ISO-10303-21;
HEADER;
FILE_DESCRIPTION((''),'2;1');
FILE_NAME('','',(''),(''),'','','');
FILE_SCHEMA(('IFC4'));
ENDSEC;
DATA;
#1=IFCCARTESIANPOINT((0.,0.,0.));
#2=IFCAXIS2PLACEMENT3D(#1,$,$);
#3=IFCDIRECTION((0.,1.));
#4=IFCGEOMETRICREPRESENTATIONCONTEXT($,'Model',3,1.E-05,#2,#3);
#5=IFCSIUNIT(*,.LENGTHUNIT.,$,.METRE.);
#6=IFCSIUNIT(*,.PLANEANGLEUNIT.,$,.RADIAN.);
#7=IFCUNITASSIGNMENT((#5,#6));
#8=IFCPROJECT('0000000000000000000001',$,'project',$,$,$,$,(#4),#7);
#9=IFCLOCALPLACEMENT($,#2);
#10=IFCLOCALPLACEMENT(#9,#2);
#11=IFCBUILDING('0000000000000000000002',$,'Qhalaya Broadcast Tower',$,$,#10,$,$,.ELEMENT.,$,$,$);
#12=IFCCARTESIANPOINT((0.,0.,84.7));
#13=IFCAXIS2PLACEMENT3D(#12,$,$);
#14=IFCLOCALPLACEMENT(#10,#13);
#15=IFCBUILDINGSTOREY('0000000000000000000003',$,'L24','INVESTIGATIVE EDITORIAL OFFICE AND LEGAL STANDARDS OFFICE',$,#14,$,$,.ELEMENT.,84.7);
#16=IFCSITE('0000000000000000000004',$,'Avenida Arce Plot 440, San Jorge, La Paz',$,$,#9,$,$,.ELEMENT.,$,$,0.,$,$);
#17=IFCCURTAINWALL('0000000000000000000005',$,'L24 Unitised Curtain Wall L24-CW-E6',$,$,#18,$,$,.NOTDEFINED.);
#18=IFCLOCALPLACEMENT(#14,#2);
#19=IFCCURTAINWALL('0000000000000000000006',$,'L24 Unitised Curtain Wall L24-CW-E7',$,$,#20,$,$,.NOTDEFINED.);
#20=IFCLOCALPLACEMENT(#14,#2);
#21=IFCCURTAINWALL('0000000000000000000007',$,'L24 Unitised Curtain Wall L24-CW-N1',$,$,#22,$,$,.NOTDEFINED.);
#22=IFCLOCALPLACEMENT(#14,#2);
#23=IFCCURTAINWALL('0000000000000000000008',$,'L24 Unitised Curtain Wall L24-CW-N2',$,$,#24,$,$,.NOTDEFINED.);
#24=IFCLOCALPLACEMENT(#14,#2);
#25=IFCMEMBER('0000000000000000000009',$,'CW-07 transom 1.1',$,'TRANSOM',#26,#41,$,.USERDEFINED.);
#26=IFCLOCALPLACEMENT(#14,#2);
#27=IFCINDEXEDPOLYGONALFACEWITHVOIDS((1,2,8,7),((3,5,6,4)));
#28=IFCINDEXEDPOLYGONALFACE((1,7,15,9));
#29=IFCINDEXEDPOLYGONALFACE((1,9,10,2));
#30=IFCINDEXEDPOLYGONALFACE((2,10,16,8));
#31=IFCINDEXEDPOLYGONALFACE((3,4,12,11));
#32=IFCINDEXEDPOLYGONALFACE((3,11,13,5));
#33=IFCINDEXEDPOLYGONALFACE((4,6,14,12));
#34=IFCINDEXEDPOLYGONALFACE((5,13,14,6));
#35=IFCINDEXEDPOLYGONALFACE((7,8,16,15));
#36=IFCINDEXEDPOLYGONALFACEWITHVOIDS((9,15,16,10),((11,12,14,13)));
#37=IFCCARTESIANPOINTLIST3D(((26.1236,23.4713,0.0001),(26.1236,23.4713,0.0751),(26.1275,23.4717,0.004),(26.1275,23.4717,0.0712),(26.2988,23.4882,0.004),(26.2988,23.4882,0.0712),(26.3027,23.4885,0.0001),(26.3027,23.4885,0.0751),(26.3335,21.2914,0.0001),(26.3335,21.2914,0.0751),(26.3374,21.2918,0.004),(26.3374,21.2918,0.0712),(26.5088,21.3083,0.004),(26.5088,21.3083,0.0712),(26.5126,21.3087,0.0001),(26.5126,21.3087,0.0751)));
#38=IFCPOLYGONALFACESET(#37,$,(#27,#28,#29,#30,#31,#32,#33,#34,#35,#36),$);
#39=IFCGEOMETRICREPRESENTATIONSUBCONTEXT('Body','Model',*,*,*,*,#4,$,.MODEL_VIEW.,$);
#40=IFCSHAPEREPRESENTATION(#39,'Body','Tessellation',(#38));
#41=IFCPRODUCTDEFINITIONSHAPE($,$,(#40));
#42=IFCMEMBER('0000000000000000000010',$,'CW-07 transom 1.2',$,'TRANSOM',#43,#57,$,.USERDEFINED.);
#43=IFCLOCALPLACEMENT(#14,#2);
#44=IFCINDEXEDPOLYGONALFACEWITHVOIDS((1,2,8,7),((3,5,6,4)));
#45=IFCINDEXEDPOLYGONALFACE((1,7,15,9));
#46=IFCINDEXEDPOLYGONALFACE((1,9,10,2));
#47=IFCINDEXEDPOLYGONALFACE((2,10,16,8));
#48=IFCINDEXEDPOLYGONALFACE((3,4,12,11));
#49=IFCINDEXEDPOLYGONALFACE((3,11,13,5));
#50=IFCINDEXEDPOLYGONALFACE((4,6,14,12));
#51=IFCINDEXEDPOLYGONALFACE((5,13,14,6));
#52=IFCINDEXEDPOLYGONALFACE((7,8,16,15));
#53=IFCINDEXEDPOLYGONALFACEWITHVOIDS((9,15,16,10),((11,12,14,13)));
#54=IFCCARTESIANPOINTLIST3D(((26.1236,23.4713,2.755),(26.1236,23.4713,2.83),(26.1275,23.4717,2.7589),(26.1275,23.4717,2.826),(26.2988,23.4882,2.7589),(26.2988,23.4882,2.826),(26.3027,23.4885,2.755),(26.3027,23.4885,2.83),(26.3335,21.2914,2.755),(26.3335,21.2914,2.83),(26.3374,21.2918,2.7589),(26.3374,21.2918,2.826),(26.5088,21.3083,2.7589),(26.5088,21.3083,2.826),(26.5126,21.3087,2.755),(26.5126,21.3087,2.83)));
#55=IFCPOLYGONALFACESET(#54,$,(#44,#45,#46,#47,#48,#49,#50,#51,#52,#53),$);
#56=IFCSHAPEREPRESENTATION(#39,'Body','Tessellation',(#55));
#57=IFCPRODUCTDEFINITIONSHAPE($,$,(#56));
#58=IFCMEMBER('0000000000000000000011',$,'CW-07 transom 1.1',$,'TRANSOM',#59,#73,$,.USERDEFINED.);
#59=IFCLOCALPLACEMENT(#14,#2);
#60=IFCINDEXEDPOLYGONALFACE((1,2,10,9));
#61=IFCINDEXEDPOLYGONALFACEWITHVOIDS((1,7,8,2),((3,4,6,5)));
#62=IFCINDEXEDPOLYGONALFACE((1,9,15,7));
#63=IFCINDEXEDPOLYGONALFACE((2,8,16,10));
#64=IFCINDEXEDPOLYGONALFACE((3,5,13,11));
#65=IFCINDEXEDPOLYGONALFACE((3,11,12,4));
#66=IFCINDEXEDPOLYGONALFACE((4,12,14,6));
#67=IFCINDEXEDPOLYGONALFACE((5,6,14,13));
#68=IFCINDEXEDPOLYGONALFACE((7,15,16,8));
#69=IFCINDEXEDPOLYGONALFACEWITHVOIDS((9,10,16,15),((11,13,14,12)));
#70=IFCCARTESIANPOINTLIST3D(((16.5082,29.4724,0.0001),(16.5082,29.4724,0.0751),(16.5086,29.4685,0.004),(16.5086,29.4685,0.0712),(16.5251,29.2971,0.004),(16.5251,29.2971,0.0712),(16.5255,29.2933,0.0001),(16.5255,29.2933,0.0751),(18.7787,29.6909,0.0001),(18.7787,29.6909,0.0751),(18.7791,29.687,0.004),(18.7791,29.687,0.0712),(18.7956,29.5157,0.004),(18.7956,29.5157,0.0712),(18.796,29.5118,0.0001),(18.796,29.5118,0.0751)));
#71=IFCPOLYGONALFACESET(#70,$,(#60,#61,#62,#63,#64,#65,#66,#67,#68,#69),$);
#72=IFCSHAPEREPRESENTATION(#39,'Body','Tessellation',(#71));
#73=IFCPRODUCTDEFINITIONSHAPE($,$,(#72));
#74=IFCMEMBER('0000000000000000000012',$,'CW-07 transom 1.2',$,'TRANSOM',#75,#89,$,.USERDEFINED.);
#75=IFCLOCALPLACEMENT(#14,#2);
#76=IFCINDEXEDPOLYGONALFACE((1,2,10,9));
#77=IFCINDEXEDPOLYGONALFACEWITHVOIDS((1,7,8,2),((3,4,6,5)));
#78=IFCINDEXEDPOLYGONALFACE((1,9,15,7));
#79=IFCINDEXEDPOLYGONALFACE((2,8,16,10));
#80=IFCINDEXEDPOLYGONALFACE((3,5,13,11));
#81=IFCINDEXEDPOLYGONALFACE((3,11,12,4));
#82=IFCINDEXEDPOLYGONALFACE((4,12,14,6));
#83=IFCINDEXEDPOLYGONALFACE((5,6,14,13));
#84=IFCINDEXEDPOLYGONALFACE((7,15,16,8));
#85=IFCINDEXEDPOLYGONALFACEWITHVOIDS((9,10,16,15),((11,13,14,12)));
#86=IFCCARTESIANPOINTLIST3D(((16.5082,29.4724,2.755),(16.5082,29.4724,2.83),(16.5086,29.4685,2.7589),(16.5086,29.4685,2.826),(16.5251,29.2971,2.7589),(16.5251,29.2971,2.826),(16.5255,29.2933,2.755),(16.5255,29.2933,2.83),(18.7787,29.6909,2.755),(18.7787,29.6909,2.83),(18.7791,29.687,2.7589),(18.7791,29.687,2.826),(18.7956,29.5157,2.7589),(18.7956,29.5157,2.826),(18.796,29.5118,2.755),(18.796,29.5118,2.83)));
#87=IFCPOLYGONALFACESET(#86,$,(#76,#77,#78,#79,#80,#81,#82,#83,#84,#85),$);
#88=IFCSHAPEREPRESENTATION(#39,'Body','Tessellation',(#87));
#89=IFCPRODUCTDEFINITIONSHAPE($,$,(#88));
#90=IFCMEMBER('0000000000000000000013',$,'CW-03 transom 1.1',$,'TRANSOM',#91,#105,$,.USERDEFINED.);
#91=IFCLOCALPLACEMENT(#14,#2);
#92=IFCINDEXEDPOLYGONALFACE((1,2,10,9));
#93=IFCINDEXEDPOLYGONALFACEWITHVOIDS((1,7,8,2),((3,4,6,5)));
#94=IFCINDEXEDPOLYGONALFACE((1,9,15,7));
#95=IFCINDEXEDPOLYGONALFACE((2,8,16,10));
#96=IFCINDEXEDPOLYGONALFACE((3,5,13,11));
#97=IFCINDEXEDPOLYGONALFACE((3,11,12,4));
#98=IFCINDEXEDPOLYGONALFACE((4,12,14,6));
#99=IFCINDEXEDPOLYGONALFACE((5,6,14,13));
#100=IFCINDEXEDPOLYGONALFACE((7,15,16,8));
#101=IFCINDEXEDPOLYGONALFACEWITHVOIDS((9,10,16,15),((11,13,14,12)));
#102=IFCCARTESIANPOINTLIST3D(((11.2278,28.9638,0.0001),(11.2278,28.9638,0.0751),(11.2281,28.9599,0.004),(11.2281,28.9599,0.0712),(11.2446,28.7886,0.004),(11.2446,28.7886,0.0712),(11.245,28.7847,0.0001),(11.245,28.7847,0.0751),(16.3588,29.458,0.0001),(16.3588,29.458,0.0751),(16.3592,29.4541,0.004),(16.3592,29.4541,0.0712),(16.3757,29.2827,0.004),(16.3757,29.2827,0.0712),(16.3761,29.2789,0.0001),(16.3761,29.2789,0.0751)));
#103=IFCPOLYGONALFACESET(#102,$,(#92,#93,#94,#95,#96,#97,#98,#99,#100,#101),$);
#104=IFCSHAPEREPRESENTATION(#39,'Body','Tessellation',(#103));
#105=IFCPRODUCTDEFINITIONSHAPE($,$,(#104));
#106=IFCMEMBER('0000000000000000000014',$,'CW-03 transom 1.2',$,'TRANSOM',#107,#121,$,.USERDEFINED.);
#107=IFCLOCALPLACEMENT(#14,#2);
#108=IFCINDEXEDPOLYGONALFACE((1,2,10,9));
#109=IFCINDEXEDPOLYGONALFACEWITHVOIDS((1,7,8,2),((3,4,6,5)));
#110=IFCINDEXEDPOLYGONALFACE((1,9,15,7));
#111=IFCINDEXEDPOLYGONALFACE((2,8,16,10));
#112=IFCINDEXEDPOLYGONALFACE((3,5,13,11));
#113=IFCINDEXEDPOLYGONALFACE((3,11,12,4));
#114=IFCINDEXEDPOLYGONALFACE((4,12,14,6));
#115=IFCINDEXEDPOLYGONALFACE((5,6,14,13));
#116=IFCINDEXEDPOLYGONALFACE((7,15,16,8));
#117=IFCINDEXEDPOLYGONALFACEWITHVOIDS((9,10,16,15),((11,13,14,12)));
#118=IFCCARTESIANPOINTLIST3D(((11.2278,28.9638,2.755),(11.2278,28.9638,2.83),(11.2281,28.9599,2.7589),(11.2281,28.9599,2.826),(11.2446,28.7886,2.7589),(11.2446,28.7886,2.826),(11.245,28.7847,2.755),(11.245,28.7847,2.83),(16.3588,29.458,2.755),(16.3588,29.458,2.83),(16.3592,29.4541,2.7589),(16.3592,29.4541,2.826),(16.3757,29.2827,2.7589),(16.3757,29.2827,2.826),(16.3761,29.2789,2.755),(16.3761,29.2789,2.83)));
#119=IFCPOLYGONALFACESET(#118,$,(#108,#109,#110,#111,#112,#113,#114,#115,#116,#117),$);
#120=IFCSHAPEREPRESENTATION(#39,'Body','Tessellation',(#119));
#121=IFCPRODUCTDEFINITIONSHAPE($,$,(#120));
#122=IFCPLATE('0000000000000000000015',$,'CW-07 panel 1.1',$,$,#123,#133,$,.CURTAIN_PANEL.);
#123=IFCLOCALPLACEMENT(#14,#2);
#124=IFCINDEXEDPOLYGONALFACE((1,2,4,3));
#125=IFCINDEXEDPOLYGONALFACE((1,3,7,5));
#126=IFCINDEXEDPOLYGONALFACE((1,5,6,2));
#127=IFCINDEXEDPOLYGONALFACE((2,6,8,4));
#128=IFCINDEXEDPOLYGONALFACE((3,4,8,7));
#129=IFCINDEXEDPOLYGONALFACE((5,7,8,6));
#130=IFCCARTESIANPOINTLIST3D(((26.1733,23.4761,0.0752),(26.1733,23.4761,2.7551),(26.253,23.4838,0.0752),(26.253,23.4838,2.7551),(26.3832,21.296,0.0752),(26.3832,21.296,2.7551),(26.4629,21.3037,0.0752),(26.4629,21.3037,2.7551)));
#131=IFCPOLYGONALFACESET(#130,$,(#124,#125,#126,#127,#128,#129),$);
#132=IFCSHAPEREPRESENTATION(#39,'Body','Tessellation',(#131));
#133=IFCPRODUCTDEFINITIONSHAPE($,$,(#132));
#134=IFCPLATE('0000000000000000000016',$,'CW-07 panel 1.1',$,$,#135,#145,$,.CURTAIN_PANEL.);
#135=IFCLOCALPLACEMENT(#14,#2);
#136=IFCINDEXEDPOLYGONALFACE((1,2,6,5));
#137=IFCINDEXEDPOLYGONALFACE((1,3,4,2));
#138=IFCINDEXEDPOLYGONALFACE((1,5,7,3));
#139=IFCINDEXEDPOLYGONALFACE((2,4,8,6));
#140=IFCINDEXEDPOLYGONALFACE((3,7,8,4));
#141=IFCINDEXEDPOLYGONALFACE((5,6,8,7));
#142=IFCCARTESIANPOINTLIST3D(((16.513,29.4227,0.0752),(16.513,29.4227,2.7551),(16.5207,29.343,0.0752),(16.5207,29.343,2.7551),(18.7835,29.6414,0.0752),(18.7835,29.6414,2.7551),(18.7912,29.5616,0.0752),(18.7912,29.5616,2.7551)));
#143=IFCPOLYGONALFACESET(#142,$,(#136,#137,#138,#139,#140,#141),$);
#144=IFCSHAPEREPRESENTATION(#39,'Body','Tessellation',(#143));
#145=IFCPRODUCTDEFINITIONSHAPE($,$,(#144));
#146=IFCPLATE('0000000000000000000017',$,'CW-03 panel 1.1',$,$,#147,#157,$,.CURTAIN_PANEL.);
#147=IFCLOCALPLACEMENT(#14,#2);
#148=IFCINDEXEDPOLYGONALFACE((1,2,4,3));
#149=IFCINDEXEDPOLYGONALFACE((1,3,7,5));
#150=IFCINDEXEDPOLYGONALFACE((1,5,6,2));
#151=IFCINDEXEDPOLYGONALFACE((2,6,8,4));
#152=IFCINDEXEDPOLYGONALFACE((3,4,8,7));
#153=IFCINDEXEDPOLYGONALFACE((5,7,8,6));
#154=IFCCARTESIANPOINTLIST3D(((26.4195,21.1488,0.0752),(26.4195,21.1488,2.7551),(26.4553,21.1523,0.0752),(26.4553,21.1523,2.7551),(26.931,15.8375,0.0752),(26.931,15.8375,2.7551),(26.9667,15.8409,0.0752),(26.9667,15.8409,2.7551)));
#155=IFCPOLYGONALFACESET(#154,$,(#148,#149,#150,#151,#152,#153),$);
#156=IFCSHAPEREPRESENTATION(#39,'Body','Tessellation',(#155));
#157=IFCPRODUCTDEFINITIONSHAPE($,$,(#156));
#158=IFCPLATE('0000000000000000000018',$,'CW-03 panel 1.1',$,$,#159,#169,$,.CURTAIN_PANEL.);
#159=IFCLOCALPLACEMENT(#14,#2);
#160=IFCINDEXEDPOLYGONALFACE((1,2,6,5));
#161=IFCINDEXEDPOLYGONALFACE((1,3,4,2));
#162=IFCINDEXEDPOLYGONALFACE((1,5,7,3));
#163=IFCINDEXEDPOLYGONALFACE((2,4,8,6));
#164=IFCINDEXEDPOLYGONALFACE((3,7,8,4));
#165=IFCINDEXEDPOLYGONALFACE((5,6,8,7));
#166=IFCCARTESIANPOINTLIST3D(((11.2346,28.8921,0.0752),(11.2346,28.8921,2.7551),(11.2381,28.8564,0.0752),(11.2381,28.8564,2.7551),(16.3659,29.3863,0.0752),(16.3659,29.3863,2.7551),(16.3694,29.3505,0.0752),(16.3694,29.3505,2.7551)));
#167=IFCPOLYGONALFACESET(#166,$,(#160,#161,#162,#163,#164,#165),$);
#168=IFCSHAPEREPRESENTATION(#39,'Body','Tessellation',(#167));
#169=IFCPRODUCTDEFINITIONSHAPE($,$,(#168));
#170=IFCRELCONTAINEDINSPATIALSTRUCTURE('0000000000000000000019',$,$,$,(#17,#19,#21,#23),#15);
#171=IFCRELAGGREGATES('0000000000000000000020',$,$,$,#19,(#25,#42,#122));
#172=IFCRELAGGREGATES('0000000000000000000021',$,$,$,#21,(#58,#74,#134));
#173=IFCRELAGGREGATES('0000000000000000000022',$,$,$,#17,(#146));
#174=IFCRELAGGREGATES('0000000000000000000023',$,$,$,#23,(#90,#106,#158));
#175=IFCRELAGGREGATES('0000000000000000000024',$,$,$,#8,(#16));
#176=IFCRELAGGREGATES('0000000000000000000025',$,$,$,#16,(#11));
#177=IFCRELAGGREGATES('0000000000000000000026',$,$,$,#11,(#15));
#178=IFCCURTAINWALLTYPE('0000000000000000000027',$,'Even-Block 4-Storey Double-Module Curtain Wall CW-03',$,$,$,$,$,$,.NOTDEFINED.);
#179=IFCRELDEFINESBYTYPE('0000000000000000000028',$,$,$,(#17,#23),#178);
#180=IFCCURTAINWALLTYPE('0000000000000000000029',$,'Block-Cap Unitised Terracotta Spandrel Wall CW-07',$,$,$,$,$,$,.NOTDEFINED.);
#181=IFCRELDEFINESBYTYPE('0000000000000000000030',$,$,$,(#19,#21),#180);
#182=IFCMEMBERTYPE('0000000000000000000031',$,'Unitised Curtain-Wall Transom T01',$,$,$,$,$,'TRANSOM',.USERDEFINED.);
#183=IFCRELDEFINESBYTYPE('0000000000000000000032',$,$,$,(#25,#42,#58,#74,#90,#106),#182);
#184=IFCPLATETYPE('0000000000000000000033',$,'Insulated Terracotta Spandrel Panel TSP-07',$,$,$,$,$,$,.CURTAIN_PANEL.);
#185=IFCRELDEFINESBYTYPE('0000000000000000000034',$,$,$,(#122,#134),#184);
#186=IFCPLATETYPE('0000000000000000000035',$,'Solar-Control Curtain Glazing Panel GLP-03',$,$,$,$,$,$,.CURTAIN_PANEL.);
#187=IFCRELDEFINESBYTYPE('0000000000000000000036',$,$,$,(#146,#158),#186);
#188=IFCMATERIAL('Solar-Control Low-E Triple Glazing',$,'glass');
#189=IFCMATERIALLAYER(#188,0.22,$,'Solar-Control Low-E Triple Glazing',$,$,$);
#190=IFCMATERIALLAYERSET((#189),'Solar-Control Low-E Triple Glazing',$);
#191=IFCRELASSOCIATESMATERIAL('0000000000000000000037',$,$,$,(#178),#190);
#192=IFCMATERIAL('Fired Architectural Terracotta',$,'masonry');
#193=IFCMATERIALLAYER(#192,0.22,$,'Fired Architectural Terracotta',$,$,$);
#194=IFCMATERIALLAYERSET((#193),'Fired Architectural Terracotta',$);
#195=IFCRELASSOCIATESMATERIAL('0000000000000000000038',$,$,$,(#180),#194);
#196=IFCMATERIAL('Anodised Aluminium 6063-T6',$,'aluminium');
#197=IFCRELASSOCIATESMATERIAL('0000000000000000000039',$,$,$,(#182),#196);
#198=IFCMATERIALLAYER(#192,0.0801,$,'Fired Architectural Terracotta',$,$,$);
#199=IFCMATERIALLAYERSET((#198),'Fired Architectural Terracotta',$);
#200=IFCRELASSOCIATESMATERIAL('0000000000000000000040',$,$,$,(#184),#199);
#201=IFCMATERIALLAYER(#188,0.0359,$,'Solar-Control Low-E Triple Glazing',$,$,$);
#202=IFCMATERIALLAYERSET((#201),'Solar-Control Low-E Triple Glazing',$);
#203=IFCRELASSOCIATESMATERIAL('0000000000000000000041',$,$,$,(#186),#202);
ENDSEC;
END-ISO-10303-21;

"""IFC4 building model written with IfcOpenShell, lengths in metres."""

from ifc_helpers import new_model, si_unit, direction, frame, origin, origin_2d, place, context, subcontext, project, spatial, rectangle, hollow_rectangle, extrude, material, layer, layer_set, material_profile, profile_set, type_object, element, aggregate, save


model = new_model("IFC4")

# Units and contexts
model_context = context("Model", 3, precision=1e-05, world=origin(), true_north=direction((0.0, 1.0)))
body_context = subcontext(model_context, "Body", "Model", "MODEL_VIEW")
ifc_project = project(units=[si_unit("LENGTHUNIT", "METRE"), si_unit("PLANEANGLEUNIT", "RADIAN")], contexts=[model_context])

# Site, building, storey
site_placement = place(None, origin())
site = spatial("IfcSite", under=ifc_project, at=site_placement, Name="Avenida Arce Plot 440, San Jorge, La Paz", CompositionType="ELEMENT", RefElevation=0.0)
building_placement = place(site_placement, origin())
building = spatial("IfcBuilding", under=site, at=building_placement, Name="Qhalaya Broadcast Tower", CompositionType="ELEMENT")
storey_placement = place(building_placement, frame((0.0, 0.0, 84.7)))
storey = spatial("IfcBuildingStorey", under=building, at=storey_placement, Name="L24", Description="INVESTIGATIVE EDITORIAL OFFICE AND LEGAL STANDARDS OFFICE", CompositionType="ELEMENT", Elevation=84.7)

# Curtain wall
ifc_material_1 = material(Name="Solar-Control Low-E Triple Glazing", Category="glass")
ifc_layer_1 = layer(ifc_material_1, 0.22, Name="Solar-Control Low-E Triple Glazing")
ifc_layer_set_1 = layer_set([ifc_layer_1], Name="Solar-Control Low-E Triple Glazing")
curtain_wall_type_1 = type_object("IfcCurtainWallType", Name="Even-Block 4-Storey Double-Module Curtain Wall CW-03", PredefinedType="NOTDEFINED", material=ifc_layer_set_1)
curtain_wall_1_placement = place(storey_placement, origin())
curtain_wall_1 = element("IfcCurtainWall", 1, at=curtain_wall_1_placement, inside=storey, type_object=curtain_wall_type_1, Name="L24 Unitised Curtain Wall L24-CW-E6", PredefinedType="NOTDEFINED")
ifc_material_2 = material(Name="Anodised Aluminium 6063-T6", Category="aluminium")

# Curtain walls
ifc_material_3 = material(Name="Fired Architectural Terracotta", Category="masonry")
ifc_layer_2 = layer(ifc_material_3, 0.22, Name="Fired Architectural Terracotta")
ifc_layer_set_2 = layer_set([ifc_layer_2], Name="Fired Architectural Terracotta")
curtain_wall_type_2 = type_object("IfcCurtainWallType", Name="Block-Cap Unitised Terracotta Spandrel Wall CW-07", PredefinedType="NOTDEFINED", material=ifc_layer_set_2)
curtain_wall_2_placement = place(storey_placement, origin())
curtain_wall_2 = element("IfcCurtainWall", 2, at=curtain_wall_2_placement, inside=storey, type_object=curtain_wall_type_2, Name="L24 Unitised Curtain Wall L24-CW-E7", PredefinedType="NOTDEFINED")
curtain_wall_3_placement = place(storey_placement, origin())
curtain_wall_3 = element("IfcCurtainWall", 3, at=curtain_wall_3_placement, inside=storey, type_object=curtain_wall_type_2, Name="L24 Unitised Curtain Wall L24-CW-N1", PredefinedType="NOTDEFINED")

# Curtain wall
curtain_wall_4_placement = place(storey_placement, origin())
curtain_wall_4 = element("IfcCurtainWall", 4, at=curtain_wall_4_placement, inside=storey, type_object=curtain_wall_type_1, Name="L24 Unitised Curtain Wall L24-CW-N2", PredefinedType="NOTDEFINED")

# Members
ifc_material_profile_1 = material_profile(ifc_material_2, hollow_rectangle(XDim=0.075, YDim=0.1799, WallThickness=0.0039, at=origin_2d()), Name="ALU-TRN 75x180x4")
ifc_profile_set_1 = profile_set([ifc_material_profile_1], Name="Anodised Aluminium 6063-T6")
member_type_1 = type_object("IfcMemberType", Name="Unitised Curtain-Wall Transom T01", ElementType="TRANSOM", PredefinedType="USERDEFINED", material=ifc_profile_set_1)
member_1_placement = place(storey_placement, frame((26.4231, 21.3, 0.0376), z_axis=(-0.095872, 0.995394, 0.0), x_axis=(0.0, 0.0, 1.0)))
member_1 = element("IfcMember", 5, at=member_1_placement, type_object=member_type_1, Name="CW-07 transom 1.1", ObjectType="TRANSOM", PredefinedType="USERDEFINED", context=body_context, shape_type="SweptSolid", body=[
    extrude(hollow_rectangle(XDim=0.075, YDim=0.1799, WallThickness=0.0039, at=origin_2d()), origin(), (0.0, 0.0, 1.0), 2.1899),
])
member_2_placement = place(storey_placement, frame((26.4231, 21.3, 2.7925), z_axis=(-0.095872, 0.995394, 0.0), x_axis=(0.0, 0.0, 1.0)))
member_2 = element("IfcMember", 6, at=member_2_placement, type_object=member_type_1, Name="CW-07 transom 1.2", ObjectType="TRANSOM", PredefinedType="USERDEFINED", context=body_context, shape_type="SweptSolid", body=[
    extrude(hollow_rectangle(XDim=0.075, YDim=0.1799, WallThickness=0.0039, at=origin_2d()), origin(), (0.0, 0.0, 1.0), 2.1899),
])
member_3_placement = place(storey_placement, frame((18.7874, 29.6013, 0.0376), z_axis=(-0.995401, -0.095794, 0.0), x_axis=(0.0, 0.0, 1.0)))
member_3 = element("IfcMember", 7, at=member_3_placement, type_object=member_type_1, Name="CW-07 transom 1.1", ObjectType="TRANSOM", PredefinedType="USERDEFINED", context=body_context, shape_type="SweptSolid", body=[
    extrude(hollow_rectangle(XDim=0.075, YDim=0.1799, WallThickness=0.0039, at=origin_2d()), origin(), (0.0, 0.0, 1.0), 2.281),
])
member_4_placement = place(storey_placement, frame((18.7874, 29.6013, 2.7925), z_axis=(-0.995401, -0.095794, 0.0), x_axis=(0.0, 0.0, 1.0)))
member_4 = element("IfcMember", 8, at=member_4_placement, type_object=member_type_1, Name="CW-07 transom 1.2", ObjectType="TRANSOM", PredefinedType="USERDEFINED", context=body_context, shape_type="SweptSolid", body=[
    extrude(hollow_rectangle(XDim=0.075, YDim=0.1799, WallThickness=0.0039, at=origin_2d()), origin(), (0.0, 0.0, 1.0), 2.281),
])
member_5_placement = place(storey_placement, frame((16.3674, 29.3684, 0.0376), z_axis=(-0.995395, -0.09586, 0.0), x_axis=(0.0, 0.0, 1.0)))
member_5 = element("IfcMember", 9, at=member_5_placement, type_object=member_type_1, Name="CW-03 transom 1.1", ObjectType="TRANSOM", PredefinedType="USERDEFINED", context=body_context, shape_type="SweptSolid", body=[
    extrude(hollow_rectangle(XDim=0.075, YDim=0.1799, WallThickness=0.0039, at=origin_2d()), origin(), (0.0, 0.0, 1.0), 5.1548),
])
member_6_placement = place(storey_placement, frame((16.3674, 29.3684, 2.7925), z_axis=(-0.995395, -0.09586, 0.0), x_axis=(0.0, 0.0, 1.0)))
member_6 = element("IfcMember", 10, at=member_6_placement, type_object=member_type_1, Name="CW-03 transom 1.2", ObjectType="TRANSOM", PredefinedType="USERDEFINED", context=body_context, shape_type="SweptSolid", body=[
    extrude(hollow_rectangle(XDim=0.075, YDim=0.1799, WallThickness=0.0039, at=origin_2d()), origin(), (0.0, 0.0, 1.0), 5.1548),
])

# Plates
ifc_layer_3 = layer(ifc_material_3, 0.0801, Name="Fired Architectural Terracotta")
ifc_layer_set_3 = layer_set([ifc_layer_3], Name="Fired Architectural Terracotta")
plate_type_1 = type_object("IfcPlateType", Name="Insulated Terracotta Spandrel Panel TSP-07", PredefinedType="CURTAIN_PANEL", material=ifc_layer_set_3)
plate_1_placement = place(storey_placement, frame((26.3181, 22.3899, 0.0752), z_axis=(0.0, 0.0, 1.0), x_axis=(-0.095852, 0.995396, 0.0)))
plate_1 = element("IfcPlate", 11, at=plate_1_placement, type_object=plate_type_1, Name="CW-07 panel 1.1", PredefinedType="CURTAIN_PANEL", context=body_context, shape_type="SweptSolid", body=[
    extrude(rectangle(XDim=2.1902, YDim=0.0801, at=origin_2d()), origin(), (0.0, 0.0, 1.0), 2.6799),
])
aggregate(curtain_wall_2, [member_1, member_2, plate_1])
plate_2_placement = place(storey_placement, frame((17.6521, 29.4922, 0.0752), z_axis=(0.0, 0.0, 1.0), x_axis=(-0.995396, -0.095846, 0.0)))
plate_2 = element("IfcPlate", 12, at=plate_2_placement, type_object=plate_type_1, Name="CW-07 panel 1.1", PredefinedType="CURTAIN_PANEL", context=body_context, shape_type="SweptSolid", body=[
    extrude(rectangle(XDim=2.281, YDim=0.0801, at=origin_2d()), origin(), (0.0, 0.0, 1.0), 2.6799),
])
aggregate(curtain_wall_3, [member_3, member_4, plate_2])
ifc_layer_4 = layer(ifc_material_1, 0.0359, Name="Solar-Control Low-E Triple Glazing")
ifc_layer_set_4 = layer_set([ifc_layer_4], Name="Solar-Control Low-E Triple Glazing")
plate_type_2 = type_object("IfcPlateType", Name="Solar-Control Curtain Glazing Panel GLP-03", PredefinedType="CURTAIN_PANEL", material=ifc_layer_set_4)
plate_3_placement = place(storey_placement, frame((26.6931, 18.4949, 0.0752), z_axis=(0.0, 0.0, 1.0), x_axis=(-0.095845, 0.995396, 0.0)))
plate_3 = element("IfcPlate", 13, at=plate_3_placement, type_object=plate_type_2, Name="CW-03 panel 1.1", PredefinedType="CURTAIN_PANEL", context=body_context, shape_type="SweptSolid", body=[
    extrude(rectangle(XDim=5.3359, YDim=0.0359, at=origin_2d()), origin(), (0.0, 0.0, 1.0), 2.6799),
])
aggregate(curtain_wall_1, [plate_3])
plate_4_placement = place(storey_placement, frame((13.802, 29.1213, 0.0752), z_axis=(0.0, 0.0, 1.0), x_axis=(-0.995396, -0.095852, 0.0)))
plate_4 = element("IfcPlate", 14, at=plate_4_placement, type_object=plate_type_2, Name="CW-03 panel 1.1", PredefinedType="CURTAIN_PANEL", context=body_context, shape_type="SweptSolid", body=[
    extrude(rectangle(XDim=5.155, YDim=0.0359, at=origin_2d()), origin(), (0.0, 0.0, 1.0), 2.6799),
])
aggregate(curtain_wall_4, [member_5, member_6, plate_4])

save(model, "model.ifc")
